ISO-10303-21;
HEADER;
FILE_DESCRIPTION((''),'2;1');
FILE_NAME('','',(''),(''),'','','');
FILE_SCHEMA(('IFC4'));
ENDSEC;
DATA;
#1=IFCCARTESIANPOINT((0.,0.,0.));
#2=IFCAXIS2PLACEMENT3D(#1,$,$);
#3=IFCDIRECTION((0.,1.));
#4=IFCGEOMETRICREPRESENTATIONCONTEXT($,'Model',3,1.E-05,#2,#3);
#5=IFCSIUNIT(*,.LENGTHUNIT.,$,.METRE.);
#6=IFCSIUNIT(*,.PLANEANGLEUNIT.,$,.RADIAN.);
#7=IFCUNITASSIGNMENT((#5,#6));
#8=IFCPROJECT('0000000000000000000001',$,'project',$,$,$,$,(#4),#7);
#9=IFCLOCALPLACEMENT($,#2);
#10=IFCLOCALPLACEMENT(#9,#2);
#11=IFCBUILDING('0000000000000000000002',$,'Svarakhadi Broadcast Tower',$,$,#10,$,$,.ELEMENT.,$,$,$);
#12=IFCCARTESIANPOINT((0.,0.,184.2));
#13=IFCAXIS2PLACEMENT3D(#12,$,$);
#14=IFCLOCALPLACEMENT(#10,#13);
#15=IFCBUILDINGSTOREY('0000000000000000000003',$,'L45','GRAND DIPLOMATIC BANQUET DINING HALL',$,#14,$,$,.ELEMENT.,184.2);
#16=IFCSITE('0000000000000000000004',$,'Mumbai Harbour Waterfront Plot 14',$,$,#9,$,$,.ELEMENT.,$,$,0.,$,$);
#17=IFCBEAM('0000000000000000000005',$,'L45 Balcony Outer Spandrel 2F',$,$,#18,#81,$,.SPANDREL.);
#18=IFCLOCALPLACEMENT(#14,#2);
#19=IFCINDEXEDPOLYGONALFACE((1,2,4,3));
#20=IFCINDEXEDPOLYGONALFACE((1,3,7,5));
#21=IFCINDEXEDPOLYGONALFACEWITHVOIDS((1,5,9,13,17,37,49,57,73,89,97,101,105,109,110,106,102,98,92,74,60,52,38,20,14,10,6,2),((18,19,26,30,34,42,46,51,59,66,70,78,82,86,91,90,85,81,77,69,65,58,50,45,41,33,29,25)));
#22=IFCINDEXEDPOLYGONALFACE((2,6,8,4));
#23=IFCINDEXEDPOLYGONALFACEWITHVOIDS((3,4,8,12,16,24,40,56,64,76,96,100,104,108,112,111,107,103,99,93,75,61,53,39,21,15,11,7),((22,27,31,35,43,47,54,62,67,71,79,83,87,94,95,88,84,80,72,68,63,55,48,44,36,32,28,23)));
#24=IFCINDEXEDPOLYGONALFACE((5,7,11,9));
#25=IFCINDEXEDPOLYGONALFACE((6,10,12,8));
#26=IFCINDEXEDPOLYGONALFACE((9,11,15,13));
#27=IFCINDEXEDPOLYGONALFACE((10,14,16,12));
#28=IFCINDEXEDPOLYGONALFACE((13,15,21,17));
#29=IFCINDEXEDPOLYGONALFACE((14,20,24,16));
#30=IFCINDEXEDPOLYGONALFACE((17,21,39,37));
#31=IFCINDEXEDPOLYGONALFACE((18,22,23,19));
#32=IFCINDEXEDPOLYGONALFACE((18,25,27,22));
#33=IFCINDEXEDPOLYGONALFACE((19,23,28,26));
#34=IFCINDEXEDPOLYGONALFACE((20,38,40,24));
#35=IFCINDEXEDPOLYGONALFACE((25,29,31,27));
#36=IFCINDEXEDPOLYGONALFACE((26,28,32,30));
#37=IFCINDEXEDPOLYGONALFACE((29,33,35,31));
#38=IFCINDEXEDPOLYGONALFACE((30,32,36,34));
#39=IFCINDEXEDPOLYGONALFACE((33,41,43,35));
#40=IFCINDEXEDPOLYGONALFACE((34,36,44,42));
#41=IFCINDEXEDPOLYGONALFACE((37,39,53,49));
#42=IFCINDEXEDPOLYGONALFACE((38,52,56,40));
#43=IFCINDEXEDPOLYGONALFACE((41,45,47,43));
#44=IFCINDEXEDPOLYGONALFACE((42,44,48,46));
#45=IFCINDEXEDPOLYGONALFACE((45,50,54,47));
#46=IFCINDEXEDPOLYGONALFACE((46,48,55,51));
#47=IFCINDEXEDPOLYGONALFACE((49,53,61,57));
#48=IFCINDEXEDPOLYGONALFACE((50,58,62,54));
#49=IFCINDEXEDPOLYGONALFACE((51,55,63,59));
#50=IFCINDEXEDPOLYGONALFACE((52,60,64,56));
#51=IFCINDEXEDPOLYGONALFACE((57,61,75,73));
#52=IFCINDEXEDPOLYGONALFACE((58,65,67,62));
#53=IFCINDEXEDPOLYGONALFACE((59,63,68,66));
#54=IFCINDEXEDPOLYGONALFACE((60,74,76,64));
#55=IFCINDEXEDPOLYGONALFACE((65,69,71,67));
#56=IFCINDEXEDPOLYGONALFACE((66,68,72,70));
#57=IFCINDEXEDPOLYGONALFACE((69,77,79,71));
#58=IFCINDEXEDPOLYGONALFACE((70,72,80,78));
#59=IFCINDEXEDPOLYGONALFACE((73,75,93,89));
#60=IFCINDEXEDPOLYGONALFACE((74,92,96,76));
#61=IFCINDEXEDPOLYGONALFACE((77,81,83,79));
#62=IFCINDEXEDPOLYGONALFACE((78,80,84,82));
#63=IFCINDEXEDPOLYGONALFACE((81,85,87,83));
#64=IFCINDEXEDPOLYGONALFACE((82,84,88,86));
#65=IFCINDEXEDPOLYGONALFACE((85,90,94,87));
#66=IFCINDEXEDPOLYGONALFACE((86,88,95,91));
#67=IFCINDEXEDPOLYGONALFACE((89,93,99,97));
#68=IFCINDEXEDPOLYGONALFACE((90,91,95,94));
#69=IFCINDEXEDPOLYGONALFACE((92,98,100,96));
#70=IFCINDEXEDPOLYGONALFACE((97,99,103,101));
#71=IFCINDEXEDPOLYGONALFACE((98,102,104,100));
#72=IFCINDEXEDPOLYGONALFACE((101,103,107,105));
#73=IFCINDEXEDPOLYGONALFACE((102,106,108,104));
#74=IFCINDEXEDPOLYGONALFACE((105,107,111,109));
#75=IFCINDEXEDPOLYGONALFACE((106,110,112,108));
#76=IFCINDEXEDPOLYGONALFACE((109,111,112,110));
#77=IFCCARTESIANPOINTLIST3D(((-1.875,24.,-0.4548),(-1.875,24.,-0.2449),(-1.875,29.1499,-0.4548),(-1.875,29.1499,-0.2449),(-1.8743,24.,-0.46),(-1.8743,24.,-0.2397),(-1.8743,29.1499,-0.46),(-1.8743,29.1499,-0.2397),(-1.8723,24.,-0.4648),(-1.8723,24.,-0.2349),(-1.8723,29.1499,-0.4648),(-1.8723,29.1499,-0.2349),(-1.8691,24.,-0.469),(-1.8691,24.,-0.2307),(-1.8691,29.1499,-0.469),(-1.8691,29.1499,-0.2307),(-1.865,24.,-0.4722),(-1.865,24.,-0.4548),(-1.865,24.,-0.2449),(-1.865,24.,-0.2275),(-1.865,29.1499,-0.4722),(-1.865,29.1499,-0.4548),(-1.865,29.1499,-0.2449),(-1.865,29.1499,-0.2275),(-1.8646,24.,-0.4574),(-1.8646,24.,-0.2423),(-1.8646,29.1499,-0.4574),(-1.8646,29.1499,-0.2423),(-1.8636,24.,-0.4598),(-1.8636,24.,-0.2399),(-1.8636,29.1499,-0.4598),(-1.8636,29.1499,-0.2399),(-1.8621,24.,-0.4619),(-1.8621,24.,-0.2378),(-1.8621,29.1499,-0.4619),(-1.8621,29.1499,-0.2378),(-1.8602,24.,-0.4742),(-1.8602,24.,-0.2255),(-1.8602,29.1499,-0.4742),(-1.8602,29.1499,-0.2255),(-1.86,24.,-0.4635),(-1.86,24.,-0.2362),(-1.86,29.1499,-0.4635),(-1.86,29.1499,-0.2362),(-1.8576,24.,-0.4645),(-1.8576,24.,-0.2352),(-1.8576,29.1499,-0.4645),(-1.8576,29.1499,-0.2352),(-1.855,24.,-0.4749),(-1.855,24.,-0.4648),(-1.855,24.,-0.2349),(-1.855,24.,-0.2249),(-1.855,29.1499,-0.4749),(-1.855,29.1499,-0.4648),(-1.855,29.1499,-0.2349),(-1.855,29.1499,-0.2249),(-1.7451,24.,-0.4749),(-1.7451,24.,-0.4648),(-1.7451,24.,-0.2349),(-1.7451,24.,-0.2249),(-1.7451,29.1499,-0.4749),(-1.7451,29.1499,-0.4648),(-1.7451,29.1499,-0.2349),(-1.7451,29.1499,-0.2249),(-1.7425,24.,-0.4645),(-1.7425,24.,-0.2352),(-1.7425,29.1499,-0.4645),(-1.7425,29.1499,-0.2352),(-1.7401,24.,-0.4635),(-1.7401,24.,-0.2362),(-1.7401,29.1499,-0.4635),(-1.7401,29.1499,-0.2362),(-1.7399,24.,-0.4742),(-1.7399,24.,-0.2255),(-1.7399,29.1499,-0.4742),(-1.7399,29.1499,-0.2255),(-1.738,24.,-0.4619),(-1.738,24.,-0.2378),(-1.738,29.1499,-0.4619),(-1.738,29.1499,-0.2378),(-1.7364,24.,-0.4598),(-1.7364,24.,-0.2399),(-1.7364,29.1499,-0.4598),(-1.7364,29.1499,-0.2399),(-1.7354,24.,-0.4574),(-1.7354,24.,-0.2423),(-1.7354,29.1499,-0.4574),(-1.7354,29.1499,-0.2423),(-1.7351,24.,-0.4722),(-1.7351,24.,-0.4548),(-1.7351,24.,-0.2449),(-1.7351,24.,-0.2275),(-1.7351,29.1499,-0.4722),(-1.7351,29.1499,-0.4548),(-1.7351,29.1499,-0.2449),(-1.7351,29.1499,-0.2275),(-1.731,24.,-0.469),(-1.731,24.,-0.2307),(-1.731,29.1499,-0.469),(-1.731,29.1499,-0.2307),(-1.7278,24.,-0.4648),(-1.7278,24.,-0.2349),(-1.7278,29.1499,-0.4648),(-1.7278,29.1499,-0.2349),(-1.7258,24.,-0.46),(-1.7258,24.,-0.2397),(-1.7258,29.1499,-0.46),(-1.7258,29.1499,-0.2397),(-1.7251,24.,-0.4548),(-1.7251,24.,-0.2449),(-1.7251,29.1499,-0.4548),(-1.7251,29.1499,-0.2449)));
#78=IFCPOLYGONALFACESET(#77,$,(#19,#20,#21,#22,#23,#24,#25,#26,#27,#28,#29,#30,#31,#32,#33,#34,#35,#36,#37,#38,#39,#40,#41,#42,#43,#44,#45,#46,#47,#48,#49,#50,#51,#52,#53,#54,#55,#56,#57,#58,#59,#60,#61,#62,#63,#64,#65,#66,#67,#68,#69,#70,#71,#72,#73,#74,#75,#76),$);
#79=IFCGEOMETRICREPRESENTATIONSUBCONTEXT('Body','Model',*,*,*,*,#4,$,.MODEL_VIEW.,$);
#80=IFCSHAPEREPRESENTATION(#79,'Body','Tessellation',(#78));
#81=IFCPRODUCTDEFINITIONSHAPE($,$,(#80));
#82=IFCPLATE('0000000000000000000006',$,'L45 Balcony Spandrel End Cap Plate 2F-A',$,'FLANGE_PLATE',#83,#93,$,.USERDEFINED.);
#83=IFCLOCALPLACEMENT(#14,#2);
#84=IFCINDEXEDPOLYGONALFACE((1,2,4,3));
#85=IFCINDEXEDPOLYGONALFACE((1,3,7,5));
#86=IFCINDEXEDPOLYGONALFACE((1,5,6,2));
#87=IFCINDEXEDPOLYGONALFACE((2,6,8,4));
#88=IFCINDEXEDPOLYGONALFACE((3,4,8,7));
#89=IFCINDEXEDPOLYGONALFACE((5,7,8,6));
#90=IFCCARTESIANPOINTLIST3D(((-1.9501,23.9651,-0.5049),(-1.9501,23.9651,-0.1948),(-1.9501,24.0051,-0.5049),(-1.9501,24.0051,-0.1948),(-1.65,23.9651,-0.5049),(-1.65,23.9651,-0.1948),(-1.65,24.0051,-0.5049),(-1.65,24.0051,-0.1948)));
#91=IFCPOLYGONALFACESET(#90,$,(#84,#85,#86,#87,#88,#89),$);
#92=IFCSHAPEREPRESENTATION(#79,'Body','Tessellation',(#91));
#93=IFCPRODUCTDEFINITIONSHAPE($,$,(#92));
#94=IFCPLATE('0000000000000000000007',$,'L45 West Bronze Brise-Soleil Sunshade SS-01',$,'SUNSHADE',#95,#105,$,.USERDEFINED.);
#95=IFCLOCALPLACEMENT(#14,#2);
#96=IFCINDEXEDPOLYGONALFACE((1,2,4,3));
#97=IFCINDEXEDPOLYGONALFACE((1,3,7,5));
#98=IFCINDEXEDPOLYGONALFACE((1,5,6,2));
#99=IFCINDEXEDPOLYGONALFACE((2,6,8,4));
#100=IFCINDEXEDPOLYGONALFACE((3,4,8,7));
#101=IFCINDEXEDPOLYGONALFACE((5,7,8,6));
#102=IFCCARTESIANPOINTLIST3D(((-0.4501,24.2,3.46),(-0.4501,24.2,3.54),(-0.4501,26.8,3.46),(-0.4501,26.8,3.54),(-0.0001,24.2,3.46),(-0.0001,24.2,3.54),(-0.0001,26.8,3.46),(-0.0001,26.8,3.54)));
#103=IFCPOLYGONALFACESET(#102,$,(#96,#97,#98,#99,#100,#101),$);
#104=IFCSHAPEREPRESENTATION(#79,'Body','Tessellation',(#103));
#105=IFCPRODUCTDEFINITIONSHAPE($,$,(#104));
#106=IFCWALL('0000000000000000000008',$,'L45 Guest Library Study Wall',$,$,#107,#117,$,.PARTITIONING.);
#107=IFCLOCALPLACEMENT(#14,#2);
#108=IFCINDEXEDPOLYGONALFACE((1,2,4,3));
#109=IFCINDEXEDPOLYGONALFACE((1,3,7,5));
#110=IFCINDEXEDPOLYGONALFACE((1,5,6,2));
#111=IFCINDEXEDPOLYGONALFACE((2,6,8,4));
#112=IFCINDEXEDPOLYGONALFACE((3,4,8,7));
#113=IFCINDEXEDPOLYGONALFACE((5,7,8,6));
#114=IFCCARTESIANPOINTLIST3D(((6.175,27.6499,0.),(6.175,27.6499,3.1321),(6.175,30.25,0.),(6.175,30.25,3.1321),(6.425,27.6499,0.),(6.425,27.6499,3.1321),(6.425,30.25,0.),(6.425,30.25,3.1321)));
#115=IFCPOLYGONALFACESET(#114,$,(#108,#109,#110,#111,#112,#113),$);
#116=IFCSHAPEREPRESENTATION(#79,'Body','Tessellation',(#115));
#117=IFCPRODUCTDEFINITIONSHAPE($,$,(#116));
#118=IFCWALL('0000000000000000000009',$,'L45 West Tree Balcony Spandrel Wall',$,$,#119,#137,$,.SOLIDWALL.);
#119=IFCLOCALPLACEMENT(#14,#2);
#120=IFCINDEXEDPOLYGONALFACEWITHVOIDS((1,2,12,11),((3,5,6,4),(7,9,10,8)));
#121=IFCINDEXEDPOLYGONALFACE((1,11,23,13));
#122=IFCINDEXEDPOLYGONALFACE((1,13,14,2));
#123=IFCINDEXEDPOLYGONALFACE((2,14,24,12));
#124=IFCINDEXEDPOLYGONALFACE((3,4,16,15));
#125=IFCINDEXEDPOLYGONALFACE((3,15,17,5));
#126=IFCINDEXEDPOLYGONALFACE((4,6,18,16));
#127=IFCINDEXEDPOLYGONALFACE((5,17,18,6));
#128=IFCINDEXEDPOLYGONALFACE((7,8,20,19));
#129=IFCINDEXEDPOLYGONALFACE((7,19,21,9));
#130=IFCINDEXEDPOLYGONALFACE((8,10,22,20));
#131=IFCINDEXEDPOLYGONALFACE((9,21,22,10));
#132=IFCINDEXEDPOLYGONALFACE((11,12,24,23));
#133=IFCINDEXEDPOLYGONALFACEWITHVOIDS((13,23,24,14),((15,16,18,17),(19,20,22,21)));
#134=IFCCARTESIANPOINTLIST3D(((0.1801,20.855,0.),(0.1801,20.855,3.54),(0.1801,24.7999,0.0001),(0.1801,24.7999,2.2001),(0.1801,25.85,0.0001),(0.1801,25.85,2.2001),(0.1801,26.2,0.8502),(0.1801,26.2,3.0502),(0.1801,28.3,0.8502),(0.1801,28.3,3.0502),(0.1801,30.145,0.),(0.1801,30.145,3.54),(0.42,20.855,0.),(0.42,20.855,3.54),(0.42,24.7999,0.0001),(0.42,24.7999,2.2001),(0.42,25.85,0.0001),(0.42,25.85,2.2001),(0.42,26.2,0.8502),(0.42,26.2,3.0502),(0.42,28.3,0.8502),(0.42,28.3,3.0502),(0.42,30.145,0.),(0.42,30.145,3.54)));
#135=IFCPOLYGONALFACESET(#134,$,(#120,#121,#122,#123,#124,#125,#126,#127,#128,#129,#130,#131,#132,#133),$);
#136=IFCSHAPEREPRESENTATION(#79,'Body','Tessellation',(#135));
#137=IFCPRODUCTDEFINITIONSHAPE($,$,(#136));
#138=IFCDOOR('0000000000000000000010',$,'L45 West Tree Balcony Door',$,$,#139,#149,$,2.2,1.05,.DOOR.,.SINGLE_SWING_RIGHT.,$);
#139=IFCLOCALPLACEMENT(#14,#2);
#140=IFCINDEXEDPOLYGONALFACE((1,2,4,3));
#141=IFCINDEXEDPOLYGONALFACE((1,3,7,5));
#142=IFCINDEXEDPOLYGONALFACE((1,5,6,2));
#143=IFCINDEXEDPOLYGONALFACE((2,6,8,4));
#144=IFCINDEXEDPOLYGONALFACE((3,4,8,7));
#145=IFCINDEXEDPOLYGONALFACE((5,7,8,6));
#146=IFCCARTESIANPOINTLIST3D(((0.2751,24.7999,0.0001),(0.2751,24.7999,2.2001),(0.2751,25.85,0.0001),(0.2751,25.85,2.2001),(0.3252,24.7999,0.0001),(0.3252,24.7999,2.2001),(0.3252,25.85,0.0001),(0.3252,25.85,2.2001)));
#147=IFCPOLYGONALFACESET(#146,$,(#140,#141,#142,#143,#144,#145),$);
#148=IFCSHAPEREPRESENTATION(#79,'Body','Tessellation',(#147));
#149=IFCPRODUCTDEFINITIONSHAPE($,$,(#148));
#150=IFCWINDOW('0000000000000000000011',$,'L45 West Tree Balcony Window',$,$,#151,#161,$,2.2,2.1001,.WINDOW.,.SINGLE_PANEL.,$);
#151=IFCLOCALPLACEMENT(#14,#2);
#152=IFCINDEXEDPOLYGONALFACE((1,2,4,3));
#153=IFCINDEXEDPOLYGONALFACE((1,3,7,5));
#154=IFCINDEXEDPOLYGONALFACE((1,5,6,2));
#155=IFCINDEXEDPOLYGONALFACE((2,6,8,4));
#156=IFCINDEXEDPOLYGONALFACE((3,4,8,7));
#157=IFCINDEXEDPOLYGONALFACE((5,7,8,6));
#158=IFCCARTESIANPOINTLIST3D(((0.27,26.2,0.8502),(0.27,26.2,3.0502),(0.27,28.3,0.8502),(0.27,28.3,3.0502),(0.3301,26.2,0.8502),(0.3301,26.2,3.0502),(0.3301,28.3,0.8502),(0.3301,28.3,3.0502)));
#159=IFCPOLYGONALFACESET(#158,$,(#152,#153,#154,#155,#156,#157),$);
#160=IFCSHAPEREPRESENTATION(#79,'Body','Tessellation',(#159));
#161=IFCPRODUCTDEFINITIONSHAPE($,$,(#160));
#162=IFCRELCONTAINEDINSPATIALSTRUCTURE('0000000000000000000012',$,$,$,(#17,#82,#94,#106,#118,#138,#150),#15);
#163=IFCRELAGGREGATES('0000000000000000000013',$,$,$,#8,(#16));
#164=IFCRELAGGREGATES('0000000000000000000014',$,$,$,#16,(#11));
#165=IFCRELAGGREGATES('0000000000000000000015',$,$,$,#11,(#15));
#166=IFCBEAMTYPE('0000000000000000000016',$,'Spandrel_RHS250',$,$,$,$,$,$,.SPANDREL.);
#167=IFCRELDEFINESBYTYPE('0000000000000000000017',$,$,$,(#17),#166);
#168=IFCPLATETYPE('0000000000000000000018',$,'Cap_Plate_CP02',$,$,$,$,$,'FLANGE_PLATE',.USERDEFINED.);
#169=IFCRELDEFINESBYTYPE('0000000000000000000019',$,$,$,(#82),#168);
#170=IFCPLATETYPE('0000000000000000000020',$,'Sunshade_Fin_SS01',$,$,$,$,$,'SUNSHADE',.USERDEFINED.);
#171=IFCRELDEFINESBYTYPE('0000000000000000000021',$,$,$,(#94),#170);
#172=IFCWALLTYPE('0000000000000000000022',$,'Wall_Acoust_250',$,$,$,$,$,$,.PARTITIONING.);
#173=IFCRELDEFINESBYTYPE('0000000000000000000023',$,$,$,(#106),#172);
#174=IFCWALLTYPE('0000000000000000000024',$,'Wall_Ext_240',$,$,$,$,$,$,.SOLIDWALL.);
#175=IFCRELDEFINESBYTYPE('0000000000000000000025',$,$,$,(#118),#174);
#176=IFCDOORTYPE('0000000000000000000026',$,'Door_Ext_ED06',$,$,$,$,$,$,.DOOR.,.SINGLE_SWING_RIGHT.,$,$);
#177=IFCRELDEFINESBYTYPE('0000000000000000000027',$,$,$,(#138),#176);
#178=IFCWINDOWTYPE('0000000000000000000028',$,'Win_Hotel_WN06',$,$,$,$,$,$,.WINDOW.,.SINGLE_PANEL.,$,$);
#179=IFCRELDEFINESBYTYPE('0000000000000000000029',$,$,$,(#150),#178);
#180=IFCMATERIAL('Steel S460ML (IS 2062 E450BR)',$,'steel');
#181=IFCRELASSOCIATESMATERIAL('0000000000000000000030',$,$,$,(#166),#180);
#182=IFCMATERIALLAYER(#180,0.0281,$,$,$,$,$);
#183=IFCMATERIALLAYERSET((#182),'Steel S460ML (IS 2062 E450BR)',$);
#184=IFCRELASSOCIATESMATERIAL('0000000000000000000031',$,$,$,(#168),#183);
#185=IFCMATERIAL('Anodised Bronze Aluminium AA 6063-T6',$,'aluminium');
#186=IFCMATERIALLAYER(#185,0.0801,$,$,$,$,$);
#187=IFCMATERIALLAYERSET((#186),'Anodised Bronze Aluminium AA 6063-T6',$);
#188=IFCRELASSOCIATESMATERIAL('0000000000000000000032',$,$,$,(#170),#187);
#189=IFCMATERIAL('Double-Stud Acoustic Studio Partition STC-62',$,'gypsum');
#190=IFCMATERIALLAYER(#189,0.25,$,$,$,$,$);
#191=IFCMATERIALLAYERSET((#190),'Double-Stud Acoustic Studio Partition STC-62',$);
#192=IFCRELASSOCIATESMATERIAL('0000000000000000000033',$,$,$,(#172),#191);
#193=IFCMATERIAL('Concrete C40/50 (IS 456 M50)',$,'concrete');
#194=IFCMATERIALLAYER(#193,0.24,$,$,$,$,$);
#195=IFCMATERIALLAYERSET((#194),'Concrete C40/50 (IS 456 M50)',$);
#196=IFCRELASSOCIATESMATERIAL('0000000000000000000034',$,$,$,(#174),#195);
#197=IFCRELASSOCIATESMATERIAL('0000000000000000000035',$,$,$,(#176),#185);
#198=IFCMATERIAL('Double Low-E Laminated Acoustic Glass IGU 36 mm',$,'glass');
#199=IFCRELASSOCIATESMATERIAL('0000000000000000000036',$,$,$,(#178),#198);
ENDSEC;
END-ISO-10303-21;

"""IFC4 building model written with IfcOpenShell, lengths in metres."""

from ifc_helpers import new_model, si_unit, direction, frame, frame_2d, origin, origin_2d, place, context, subcontext, project, spatial, rectangle, hollow_rectangle, extrude, material, layer, layer_set, material_profile, profile_set, type_object, element, fill, save


model = new_model("IFC4")

# Units and contexts
model_context = context("Model", 3, precision=1e-05, world=origin(), true_north=direction((0.0, 1.0)))
body_context = subcontext(model_context, "Body", "Model", "MODEL_VIEW")
ifc_project = project(units=[si_unit("LENGTHUNIT", "METRE"), si_unit("PLANEANGLEUNIT", "RADIAN")], contexts=[model_context])

# Site, building, storey
site_placement = place(None, origin())
site = spatial("IfcSite", under=ifc_project, at=site_placement, Name="Mumbai Harbour Waterfront Plot 14", CompositionType="ELEMENT", RefElevation=0.0)
building_placement = place(site_placement, origin())
building = spatial("IfcBuilding", under=site, at=building_placement, Name="Svarakhadi Broadcast Tower", CompositionType="ELEMENT")
storey_placement = place(building_placement, frame((0.0, 0.0, 184.2)))
storey = spatial("IfcBuildingStorey", under=building, at=storey_placement, Name="L45", Description="GRAND DIPLOMATIC BANQUET DINING HALL", CompositionType="ELEMENT", Elevation=184.2)

# Shared definitions
ifc_material_1 = material(Name="Steel S460ML (IS 2062 E450BR)", Category="steel")

# Shared definitions
ifc_material_2 = material(Name="Anodised Bronze Aluminium AA 6063-T6", Category="aluminium")

# Beam
ifc_material_profile_1 = material_profile(ifc_material_1, hollow_rectangle(XDim=0.1499, YDim=0.25, WallThickness=0.01, InnerFilletRadius=0.01, OuterFilletRadius=0.02, at=origin_2d()), Name="RHS 250x150x10")
ifc_profile_set_1 = profile_set([ifc_material_profile_1], Name="Steel S460ML (IS 2062 E450BR)")
beam_type_1 = type_object("IfcBeamType", Name="Spandrel_RHS250", PredefinedType="SPANDREL", material=ifc_profile_set_1)
beam_1_placement = place(storey_placement, frame((-1.8, 24.0, -0.3499), z_axis=(0.0, 1.0, 0.0), x_axis=(-1.0, 0.0, 0.0)))
element("IfcBeam", 1, at=beam_1_placement, inside=storey, type_object=beam_type_1, Name="L45 Balcony Outer Spandrel 2F", PredefinedType="SPANDREL", context=body_context, shape_type="SweptSolid", body=[
    extrude(hollow_rectangle(XDim=0.1499, YDim=0.25, WallThickness=0.01, InnerFilletRadius=0.01, OuterFilletRadius=0.02, at=origin_2d()), origin(), (0.0, 0.0, 1.0), 5.1499),
])

# Plates
ifc_layer_1 = layer(ifc_material_1, 0.0281)
ifc_layer_set_1 = layer_set([ifc_layer_1], Name="Steel S460ML (IS 2062 E450BR)")
plate_type_1 = type_object("IfcPlateType", Name="Cap_Plate_CP02", ElementType="FLANGE_PLATE", PredefinedType="USERDEFINED", material=ifc_layer_set_1)
plate_1_placement = place(storey_placement, frame((-1.8, 23.9851, -0.5049), z_axis=(0.0, 0.0, 1.0), x_axis=(1.0, 0.0, 0.0)))
element("IfcPlate", 2, at=plate_1_placement, inside=storey, type_object=plate_type_1, Name="L45 Balcony Spandrel End Cap Plate 2F-A", ObjectType="FLANGE_PLATE", PredefinedType="USERDEFINED", context=body_context, shape_type="SweptSolid", body=[
    extrude(rectangle(XDim=0.3, YDim=0.04, at=origin_2d()), origin(), (0.0, 0.0, 1.0), 0.3101),
])
ifc_layer_2 = layer(ifc_material_2, 0.0801)
ifc_layer_set_2 = layer_set([ifc_layer_2], Name="Anodised Bronze Aluminium AA 6063-T6")
plate_type_2 = type_object("IfcPlateType", Name="Sunshade_Fin_SS01", ElementType="SUNSHADE", PredefinedType="USERDEFINED", material=ifc_layer_set_2)
plate_2_placement = place(storey_placement, frame((-0.2251, 25.5, 3.46), z_axis=(0.0, 0.0, 1.0), x_axis=(0.0, 1.0, 0.0)))
element("IfcPlate", 3, at=plate_2_placement, inside=storey, type_object=plate_type_2, Name="L45 West Bronze Brise-Soleil Sunshade SS-01", ObjectType="SUNSHADE", PredefinedType="USERDEFINED", context=body_context, shape_type="SweptSolid", body=[
    extrude(rectangle(XDim=2.6001, YDim=0.45, at=origin_2d()), origin(), (0.0, 0.0, 1.0), 0.0801),
])

# Wall
ifc_material_3 = material(Name="Double-Stud Acoustic Studio Partition STC-62", Category="gypsum")
ifc_layer_3 = layer(ifc_material_3, 0.25)
ifc_layer_set_3 = layer_set([ifc_layer_3], Name="Double-Stud Acoustic Studio Partition STC-62")
wall_type_1 = type_object("IfcWallType", Name="Wall_Acoust_250", PredefinedType="PARTITIONING", material=ifc_layer_set_3)
wall_1_placement = place(storey_placement, frame((6.3, 27.6499, 0.0), z_axis=(0.0, 0.0, 1.0), x_axis=(0.0, 1.0, 0.0)))
element("IfcWall", 4, at=wall_1_placement, inside=storey, type_object=wall_type_1, Name="L45 Guest Library Study Wall", PredefinedType="PARTITIONING", context=body_context, shape_type="SweptSolid", body=[
    extrude(rectangle(XDim=2.6001, YDim=0.25, at=frame_2d((1.3, 0.0))), origin(), (0.0, 0.0, 1.0), 3.1321),
])

# Wall, openings, door, window
ifc_material_4 = material(Name="Concrete C40/50 (IS 456 M50)", Category="concrete")
ifc_layer_4 = layer(ifc_material_4, 0.24)
ifc_layer_set_4 = layer_set([ifc_layer_4], Name="Concrete C40/50 (IS 456 M50)")
wall_type_2 = type_object("IfcWallType", Name="Wall_Ext_240", PredefinedType="SOLIDWALL", material=ifc_layer_set_4)
wall_2_placement = place(storey_placement, frame((0.3, 20.855, 0.0), z_axis=(0.0, 0.0, 1.0), x_axis=(0.0, 1.0, 0.0)))
wall_2 = element("IfcWall", 5, at=wall_2_placement, inside=storey, type_object=wall_type_2, Name="L45 West Tree Balcony Spandrel Wall", PredefinedType="SOLIDWALL", context=body_context, shape_type="SweptSolid", body=[
    extrude(rectangle(XDim=9.29, YDim=0.24, at=frame_2d((4.645, 0.0))), origin(), (0.0, 0.0, 1.0), 3.54),
])
opening_1_placement = place(wall_2_placement, frame((3.9451, 0.0, 0.0)))
opening_1 = element("IfcOpeningElement", 6, at=opening_1_placement, cuts=wall_2, PredefinedType="OPENING", context=body_context, shape_type="SweptSolid", body=[
    extrude(rectangle(XDim=1.05, YDim=2.2, at=frame_2d((0.5249, 1.1001))), frame((0.0, 0.1299, 0.0), z_axis=(0.0, -1.0, 0.0), x_axis=(1.0, 0.0, 0.0)), (0.0, 0.0, 1.0), 0.26),
])
opening_2_placement = place(wall_2_placement, frame((5.345, 0.0, 0.8501)))
opening_2 = element("IfcOpeningElement", 7, at=opening_2_placement, cuts=wall_2, PredefinedType="OPENING", context=body_context, shape_type="SweptSolid", body=[
    extrude(rectangle(XDim=2.1001, YDim=2.2, at=frame_2d((1.05, 1.1001))), frame((0.0, 0.1299, 0.0), z_axis=(0.0, -1.0, 0.0), x_axis=(1.0, 0.0, 0.0)), (0.0, 0.0, 1.0), 0.26),
])
door_type_1 = type_object("IfcDoorType", Name="Door_Ext_ED06", OperationType="SINGLE_SWING_RIGHT", PredefinedType="DOOR", material=ifc_material_2)
door_1_placement = place(opening_1_placement, origin())
door_1 = element("IfcDoor", 8, at=door_1_placement, inside=storey, type_object=door_type_1, Name="L45 West Tree Balcony Door", OperationType="SINGLE_SWING_RIGHT", OverallHeight=2.2, OverallWidth=1.05, PredefinedType="DOOR", context=body_context, shape_type="SweptSolid", body=[
    extrude(rectangle(XDim=1.05, YDim=2.2, at=frame_2d((0.5249, 1.1001))), frame((0.0, 0.0249, 0.0), z_axis=(0.0, -1.0, 0.0), x_axis=(1.0, 0.0, 0.0)), (0.0, 0.0, 1.0), 0.05),
])
fill(opening_1, door_1)
ifc_material_5 = material(Name="Double Low-E Laminated Acoustic Glass IGU 36 mm", Category="glass")
window_type = type_object("IfcWindowType", Name="Win_Hotel_WN06", PartitioningType="SINGLE_PANEL", PredefinedType="WINDOW", material=ifc_material_5)
window_placement = place(opening_2_placement, origin())
window = element("IfcWindow", 9, at=window_placement, inside=storey, type_object=window_type, Name="L45 West Tree Balcony Window", OverallHeight=2.2, OverallWidth=2.1001, PartitioningType="SINGLE_PANEL", PredefinedType="WINDOW", context=body_context, shape_type="SweptSolid", body=[
    extrude(rectangle(XDim=2.1001, YDim=2.2, at=frame_2d((1.05, 1.1001))), frame((0.0, 0.03, 0.0), z_axis=(0.0, -1.0, 0.0), x_axis=(1.0, 0.0, 0.0)), (0.0, 0.0, 1.0), 0.0601),
])
fill(opening_2, window)

save(model, "model.ifc")
